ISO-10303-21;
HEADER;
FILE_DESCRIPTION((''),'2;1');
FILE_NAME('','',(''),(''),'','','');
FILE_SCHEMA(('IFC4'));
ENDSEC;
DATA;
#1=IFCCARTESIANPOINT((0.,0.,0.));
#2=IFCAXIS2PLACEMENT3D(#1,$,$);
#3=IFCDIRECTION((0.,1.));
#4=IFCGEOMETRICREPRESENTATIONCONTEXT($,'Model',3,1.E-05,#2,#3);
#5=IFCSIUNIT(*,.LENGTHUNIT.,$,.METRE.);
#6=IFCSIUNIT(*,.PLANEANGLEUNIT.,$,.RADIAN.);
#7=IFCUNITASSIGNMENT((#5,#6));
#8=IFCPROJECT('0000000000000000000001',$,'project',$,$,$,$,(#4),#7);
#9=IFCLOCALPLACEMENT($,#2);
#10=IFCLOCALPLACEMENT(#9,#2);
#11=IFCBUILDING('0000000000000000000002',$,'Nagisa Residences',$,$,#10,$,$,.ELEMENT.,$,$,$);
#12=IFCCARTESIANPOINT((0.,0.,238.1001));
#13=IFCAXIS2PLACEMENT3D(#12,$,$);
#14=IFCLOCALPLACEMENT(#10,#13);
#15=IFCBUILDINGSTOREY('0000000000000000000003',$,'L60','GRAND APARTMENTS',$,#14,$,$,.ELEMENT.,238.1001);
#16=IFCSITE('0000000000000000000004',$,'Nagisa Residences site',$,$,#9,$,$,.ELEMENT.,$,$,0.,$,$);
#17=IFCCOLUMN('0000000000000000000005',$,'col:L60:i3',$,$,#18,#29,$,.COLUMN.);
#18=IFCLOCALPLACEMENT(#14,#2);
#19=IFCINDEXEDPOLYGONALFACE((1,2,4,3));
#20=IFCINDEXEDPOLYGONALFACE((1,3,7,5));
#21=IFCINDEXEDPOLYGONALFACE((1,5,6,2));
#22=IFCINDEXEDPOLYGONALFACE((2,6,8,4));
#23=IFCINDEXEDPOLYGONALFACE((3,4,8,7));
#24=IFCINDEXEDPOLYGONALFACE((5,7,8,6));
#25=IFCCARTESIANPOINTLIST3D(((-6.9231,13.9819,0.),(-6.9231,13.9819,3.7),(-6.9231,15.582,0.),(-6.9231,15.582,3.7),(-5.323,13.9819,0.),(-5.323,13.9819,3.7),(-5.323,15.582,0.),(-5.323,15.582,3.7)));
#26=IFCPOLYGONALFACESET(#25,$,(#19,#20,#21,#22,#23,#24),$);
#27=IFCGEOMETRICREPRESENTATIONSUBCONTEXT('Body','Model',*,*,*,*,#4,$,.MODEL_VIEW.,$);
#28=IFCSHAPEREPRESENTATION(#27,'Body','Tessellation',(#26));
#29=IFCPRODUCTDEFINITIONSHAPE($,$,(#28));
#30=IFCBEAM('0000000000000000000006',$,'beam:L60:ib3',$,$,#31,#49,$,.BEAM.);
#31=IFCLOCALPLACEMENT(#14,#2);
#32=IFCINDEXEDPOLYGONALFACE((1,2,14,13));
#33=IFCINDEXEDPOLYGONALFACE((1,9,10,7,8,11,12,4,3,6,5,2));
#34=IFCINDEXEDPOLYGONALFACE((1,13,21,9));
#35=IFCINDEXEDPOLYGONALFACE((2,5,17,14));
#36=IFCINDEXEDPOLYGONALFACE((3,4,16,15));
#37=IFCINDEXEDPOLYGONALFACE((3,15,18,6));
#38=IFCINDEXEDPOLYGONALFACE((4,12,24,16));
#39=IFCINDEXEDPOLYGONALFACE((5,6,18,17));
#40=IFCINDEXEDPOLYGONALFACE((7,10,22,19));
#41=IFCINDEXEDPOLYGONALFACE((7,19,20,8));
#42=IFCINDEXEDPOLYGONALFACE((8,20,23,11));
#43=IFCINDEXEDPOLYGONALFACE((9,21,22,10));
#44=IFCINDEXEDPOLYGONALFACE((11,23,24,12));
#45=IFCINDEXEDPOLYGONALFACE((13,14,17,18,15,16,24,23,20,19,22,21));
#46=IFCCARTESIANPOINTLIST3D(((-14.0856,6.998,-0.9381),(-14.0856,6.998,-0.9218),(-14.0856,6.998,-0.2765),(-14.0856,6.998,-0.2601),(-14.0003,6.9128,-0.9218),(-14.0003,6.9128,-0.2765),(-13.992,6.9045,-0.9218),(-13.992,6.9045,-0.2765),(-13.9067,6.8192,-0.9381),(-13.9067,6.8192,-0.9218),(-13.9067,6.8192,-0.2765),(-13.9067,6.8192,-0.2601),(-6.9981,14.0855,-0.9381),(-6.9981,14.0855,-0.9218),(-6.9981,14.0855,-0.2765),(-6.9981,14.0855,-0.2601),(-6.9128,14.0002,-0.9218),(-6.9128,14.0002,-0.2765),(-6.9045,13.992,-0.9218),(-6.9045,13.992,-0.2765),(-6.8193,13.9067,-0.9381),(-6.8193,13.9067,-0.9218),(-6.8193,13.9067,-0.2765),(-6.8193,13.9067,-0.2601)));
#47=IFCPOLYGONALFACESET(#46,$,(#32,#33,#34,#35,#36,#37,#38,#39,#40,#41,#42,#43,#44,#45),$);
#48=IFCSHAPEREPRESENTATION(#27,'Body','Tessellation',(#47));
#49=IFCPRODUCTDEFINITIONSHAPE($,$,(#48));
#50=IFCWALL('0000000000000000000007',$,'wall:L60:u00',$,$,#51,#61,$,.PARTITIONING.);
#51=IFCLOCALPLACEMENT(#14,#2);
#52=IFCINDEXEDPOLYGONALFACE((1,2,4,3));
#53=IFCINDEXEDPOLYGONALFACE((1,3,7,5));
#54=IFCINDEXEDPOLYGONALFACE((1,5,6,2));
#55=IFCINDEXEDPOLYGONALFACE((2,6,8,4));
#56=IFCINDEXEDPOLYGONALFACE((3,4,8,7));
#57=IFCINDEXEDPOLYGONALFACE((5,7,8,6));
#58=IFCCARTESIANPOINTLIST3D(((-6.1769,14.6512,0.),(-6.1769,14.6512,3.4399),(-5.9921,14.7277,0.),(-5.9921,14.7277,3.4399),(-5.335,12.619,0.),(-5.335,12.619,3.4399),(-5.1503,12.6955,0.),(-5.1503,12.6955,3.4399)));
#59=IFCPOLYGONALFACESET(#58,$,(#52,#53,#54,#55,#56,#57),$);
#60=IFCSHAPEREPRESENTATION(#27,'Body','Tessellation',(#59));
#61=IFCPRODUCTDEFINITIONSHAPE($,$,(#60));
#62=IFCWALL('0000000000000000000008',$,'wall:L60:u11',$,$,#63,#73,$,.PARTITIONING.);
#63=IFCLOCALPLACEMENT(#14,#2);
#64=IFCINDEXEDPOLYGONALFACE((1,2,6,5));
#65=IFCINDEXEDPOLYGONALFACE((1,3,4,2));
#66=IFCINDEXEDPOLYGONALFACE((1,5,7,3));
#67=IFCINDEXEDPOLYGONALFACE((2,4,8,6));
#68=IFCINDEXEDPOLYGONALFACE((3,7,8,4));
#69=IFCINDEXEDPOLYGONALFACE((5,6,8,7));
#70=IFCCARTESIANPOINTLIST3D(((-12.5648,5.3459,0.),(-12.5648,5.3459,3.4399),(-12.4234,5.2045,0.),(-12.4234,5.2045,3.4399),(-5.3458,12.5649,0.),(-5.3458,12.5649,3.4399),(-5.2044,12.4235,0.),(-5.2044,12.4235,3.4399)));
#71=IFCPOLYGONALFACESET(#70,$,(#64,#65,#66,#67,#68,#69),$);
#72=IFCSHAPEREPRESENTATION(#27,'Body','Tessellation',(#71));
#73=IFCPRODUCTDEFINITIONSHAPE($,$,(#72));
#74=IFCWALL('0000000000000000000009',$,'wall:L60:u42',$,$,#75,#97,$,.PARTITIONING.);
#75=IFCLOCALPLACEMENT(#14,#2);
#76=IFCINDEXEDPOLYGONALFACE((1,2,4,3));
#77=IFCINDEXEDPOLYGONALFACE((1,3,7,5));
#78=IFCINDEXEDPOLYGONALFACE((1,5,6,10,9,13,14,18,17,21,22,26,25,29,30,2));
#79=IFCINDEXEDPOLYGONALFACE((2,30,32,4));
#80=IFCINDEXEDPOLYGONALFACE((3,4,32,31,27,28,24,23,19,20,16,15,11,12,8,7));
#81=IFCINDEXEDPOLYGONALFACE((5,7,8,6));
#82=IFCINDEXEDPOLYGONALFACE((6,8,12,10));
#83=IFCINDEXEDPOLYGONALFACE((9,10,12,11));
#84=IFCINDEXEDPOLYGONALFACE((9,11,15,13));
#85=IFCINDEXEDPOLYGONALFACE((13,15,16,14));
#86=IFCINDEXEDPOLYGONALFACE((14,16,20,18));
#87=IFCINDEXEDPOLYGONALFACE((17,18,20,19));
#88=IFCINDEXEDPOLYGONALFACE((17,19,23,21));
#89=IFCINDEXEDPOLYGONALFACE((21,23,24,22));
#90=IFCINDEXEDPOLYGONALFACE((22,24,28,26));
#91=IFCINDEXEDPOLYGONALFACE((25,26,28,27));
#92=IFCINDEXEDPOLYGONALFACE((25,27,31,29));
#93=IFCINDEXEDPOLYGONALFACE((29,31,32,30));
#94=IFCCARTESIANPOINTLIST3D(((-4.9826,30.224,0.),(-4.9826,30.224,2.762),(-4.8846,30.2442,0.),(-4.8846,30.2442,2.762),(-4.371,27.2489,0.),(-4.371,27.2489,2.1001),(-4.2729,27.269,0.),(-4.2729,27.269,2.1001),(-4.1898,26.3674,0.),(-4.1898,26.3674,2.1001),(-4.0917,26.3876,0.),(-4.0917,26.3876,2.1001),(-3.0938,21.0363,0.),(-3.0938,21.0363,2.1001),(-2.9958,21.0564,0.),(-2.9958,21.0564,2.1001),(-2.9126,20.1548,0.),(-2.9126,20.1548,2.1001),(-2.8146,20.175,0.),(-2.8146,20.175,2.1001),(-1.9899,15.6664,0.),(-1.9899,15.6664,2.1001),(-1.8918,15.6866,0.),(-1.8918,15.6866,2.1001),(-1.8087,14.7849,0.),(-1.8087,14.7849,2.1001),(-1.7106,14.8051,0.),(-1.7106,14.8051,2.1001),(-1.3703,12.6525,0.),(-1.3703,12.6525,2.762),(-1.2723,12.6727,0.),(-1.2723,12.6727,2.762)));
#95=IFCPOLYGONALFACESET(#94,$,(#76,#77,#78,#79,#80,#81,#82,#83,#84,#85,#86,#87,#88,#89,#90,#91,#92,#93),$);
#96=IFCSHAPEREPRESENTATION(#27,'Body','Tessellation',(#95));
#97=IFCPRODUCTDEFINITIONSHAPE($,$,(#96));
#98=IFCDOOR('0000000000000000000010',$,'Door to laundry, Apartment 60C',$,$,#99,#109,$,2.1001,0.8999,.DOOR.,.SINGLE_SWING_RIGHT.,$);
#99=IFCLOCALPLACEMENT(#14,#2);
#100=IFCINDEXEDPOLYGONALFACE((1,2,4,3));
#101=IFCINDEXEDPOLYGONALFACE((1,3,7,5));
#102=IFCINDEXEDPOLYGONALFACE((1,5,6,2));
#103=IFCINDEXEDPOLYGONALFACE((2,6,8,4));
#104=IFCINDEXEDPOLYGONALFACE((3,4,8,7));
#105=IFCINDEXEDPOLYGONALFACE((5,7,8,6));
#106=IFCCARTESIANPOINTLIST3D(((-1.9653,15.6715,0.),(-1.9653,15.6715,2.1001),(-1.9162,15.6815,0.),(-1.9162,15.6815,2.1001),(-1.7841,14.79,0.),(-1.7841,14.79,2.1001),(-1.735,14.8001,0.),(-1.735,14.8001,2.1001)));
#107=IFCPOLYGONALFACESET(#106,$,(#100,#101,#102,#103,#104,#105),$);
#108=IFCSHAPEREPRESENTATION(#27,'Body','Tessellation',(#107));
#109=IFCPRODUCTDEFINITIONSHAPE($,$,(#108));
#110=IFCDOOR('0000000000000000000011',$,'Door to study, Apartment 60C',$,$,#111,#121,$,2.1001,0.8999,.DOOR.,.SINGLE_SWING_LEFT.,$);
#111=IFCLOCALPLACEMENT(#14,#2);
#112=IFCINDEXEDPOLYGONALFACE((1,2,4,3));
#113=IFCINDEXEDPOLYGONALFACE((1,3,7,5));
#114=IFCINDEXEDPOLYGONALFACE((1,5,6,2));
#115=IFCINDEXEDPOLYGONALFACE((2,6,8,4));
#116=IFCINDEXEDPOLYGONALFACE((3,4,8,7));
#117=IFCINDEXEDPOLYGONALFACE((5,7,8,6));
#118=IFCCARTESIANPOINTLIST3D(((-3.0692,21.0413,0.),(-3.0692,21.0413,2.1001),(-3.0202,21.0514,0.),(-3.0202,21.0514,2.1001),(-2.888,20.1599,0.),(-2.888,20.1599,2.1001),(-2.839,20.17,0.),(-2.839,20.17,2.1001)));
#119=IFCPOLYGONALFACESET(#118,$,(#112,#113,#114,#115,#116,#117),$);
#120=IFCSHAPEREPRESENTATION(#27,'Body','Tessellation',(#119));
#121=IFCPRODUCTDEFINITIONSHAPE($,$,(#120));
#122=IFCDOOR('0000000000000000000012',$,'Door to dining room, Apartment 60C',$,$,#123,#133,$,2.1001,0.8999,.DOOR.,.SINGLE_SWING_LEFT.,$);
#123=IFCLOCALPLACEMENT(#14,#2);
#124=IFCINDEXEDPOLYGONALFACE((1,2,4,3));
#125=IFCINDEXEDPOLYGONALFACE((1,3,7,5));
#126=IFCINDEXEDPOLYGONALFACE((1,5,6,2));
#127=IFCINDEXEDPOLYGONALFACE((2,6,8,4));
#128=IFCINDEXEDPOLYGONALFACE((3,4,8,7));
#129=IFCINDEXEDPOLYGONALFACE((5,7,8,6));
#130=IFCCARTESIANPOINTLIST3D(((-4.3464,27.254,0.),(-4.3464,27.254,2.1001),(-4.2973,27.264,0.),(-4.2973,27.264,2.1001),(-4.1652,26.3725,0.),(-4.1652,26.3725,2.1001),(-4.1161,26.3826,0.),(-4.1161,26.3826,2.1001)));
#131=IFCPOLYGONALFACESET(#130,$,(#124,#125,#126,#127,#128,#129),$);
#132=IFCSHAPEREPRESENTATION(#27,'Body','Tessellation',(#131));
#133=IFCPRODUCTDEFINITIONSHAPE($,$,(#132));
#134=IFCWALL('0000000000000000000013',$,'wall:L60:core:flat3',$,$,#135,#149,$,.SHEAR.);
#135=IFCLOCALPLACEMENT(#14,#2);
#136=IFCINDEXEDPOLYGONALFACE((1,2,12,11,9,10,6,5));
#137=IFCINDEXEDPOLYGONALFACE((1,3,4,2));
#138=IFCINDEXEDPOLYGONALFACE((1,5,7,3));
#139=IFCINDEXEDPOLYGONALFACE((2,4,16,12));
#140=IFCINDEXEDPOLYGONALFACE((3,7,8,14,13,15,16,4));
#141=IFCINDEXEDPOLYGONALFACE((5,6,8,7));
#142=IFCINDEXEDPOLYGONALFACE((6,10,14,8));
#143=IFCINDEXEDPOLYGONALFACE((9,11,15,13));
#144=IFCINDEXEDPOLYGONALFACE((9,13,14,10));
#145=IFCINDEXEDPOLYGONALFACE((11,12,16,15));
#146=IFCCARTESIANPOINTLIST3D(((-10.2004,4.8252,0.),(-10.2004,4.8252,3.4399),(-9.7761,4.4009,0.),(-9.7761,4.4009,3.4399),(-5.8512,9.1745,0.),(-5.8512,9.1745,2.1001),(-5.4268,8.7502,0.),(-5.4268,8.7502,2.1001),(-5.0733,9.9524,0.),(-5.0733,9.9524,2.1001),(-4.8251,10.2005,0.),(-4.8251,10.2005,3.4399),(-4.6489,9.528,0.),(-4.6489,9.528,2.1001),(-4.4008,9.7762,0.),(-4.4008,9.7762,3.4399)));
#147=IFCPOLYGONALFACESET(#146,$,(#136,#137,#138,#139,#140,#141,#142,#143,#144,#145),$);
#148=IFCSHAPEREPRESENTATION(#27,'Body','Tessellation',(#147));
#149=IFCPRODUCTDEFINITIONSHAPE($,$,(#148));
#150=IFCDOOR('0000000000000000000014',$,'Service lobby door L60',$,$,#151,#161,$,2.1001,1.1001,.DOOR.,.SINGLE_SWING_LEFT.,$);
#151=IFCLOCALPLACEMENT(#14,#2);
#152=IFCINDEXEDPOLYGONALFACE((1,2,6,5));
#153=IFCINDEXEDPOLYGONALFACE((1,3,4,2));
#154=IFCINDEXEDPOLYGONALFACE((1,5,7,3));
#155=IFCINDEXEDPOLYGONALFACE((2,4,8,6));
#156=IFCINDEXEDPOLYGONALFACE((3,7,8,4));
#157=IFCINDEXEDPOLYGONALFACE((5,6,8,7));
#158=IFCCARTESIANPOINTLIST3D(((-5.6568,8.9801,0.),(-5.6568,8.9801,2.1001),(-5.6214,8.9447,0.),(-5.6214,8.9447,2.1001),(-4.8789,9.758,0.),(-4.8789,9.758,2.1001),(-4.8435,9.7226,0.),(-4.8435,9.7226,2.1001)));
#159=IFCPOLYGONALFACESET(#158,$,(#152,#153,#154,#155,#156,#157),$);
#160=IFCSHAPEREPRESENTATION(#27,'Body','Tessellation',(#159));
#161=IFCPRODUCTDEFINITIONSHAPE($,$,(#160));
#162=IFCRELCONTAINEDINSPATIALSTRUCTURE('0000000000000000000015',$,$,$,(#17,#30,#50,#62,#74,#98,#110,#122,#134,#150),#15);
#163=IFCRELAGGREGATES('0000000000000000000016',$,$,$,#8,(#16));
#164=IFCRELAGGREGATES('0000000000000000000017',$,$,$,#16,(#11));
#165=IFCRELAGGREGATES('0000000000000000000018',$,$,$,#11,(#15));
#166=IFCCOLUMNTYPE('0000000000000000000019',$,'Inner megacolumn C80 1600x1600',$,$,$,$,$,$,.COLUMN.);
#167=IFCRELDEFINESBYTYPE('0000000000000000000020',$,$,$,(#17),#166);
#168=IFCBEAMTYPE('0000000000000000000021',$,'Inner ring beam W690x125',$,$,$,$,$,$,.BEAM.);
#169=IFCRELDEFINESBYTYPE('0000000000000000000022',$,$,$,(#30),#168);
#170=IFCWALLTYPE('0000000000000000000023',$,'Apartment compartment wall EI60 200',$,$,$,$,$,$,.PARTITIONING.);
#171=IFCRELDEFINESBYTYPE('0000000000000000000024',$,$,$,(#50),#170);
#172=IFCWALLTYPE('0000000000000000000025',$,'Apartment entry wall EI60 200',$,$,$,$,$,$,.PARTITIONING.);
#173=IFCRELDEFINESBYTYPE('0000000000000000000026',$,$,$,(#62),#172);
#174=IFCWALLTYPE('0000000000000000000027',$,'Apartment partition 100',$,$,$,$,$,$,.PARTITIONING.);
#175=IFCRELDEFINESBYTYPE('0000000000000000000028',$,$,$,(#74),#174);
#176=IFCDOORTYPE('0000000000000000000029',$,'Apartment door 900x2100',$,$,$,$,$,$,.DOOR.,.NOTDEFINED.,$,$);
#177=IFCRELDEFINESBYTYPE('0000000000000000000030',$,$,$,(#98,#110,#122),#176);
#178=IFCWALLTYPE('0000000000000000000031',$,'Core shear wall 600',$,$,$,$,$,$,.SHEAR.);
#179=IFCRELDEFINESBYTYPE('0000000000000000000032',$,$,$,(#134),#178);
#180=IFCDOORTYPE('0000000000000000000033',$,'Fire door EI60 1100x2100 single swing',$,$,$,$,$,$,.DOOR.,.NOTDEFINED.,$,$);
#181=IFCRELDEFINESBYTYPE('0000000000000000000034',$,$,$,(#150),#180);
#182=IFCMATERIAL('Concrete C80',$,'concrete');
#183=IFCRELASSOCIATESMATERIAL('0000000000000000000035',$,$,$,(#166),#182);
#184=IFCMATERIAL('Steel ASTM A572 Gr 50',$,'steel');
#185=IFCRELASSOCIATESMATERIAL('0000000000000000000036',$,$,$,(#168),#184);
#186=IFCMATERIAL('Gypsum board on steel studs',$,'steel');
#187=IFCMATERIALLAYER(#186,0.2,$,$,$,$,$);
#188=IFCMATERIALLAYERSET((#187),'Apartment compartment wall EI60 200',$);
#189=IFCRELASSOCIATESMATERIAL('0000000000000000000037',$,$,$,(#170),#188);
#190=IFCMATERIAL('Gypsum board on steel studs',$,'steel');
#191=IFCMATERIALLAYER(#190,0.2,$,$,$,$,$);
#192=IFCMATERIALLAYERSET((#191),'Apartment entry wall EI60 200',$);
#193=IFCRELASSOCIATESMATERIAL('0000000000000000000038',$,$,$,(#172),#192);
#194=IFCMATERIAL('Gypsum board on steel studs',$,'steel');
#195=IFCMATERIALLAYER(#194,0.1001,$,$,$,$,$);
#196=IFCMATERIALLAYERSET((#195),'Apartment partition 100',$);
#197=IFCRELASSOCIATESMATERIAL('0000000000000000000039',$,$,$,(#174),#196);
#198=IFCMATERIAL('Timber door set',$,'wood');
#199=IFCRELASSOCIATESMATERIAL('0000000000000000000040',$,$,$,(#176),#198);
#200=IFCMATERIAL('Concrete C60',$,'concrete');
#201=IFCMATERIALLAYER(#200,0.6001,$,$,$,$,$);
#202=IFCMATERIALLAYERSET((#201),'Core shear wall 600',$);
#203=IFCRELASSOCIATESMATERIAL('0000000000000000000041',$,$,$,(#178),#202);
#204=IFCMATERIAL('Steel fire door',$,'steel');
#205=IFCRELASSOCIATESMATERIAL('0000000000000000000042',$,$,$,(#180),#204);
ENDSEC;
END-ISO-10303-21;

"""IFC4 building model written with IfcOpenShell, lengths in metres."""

from ifc_helpers import new_model, si_unit, direction, frame, frame_2d, origin, origin_2d, place, context, subcontext, project, spatial, rectangle, i_section, extrude, material, layer, layer_set, material_profile, profile_set, type_object, element, fill, save


model = new_model("IFC4")

# Units and contexts
model_context = context("Model", 3, precision=1e-05, world=origin(), true_north=direction((0.0, 1.0)))
body_context = subcontext(model_context, "Body", "Model", "MODEL_VIEW")
ifc_project = project(units=[si_unit("LENGTHUNIT", "METRE"), si_unit("PLANEANGLEUNIT", "RADIAN")], contexts=[model_context])

# Site, building, storey
site_placement = place(None, origin())
site = spatial("IfcSite", under=ifc_project, at=site_placement, Name="Nagisa Residences site", CompositionType="ELEMENT", RefElevation=0.0)
building_placement = place(site_placement, origin())
building = spatial("IfcBuilding", under=site, at=building_placement, Name="Nagisa Residences", CompositionType="ELEMENT")
storey_placement = place(building_placement, frame((0.0, 0.0, 238.1001)))
storey = spatial("IfcBuildingStorey", under=building, at=storey_placement, Name="L60", Description="GRAND APARTMENTS", CompositionType="ELEMENT", Elevation=238.1001)

# Column
ifc_material_1 = material(Name="Concrete C80", Category="concrete")
ifc_material_profile_1 = material_profile(ifc_material_1, rectangle(XDim=1.6001, YDim=1.6001, at=origin_2d()), Name="C80 1600x1600")
ifc_profile_set_1 = profile_set([ifc_material_profile_1], Name="Concrete C80")
column_type = type_object("IfcColumnType", Name="Inner megacolumn C80 1600x1600", PredefinedType="COLUMN", material=ifc_profile_set_1)
column_placement = place(storey_placement, frame((-6.123, 14.782, 0.0), z_axis=(0.0, 0.0, 1.0), x_axis=(1.0, 0.0, 0.0)))
element("IfcColumn", 1, at=column_placement, inside=storey, type_object=column_type, Name="col:L60:i3", PredefinedType="COLUMN", context=body_context, shape_type="SweptSolid", body=[
    extrude(rectangle(XDim=1.6001, YDim=1.6001, at=origin_2d()), origin(), (0.0, 0.0, 1.0), 3.7),
])

# Beam
ifc_material_2 = material(Name="Steel ASTM A572 Gr 50", Category="steel")
ifc_material_profile_2 = material_profile(ifc_material_2, i_section(OverallWidth=0.2529, OverallDepth=0.678, WebThickness=0.0117, FlangeThickness=0.0164, at=origin_2d()), Name="W690x125")
ifc_profile_set_2 = profile_set([ifc_material_profile_2], Name="Steel ASTM A572 Gr 50")
beam_type = type_object("IfcBeamType", Name="Inner ring beam W690x125", PredefinedType="BEAM", material=ifc_profile_set_2)
beam_placement = place(storey_placement, frame((-6.9087, 13.9961, -0.5991), z_axis=(-0.707107, -0.707107, 0.0), x_axis=(0.707107, -0.707107, 0.0)))
element("IfcBeam", 2, at=beam_placement, inside=storey, type_object=beam_type, Name="beam:L60:ib3", PredefinedType="BEAM", context=body_context, shape_type="SweptSolid", body=[
    extrude(i_section(OverallWidth=0.2529, OverallDepth=0.678, WebThickness=0.0117, FlangeThickness=0.0164, at=origin_2d()), origin(), (0.0, 0.0, 1.0), 10.0232),
])

# Walls
ifc_material_3 = material(Name="Gypsum board on steel studs", Category="steel")
ifc_layer_1 = layer(ifc_material_3, 0.2)
ifc_layer_set_1 = layer_set([ifc_layer_1], Name="Apartment compartment wall EI60 200")
wall_type_1 = type_object("IfcWallType", Name="Apartment compartment wall EI60 200", PredefinedType="PARTITIONING", material=ifc_layer_set_1)
wall_1_placement = place(storey_placement, frame((-5.2427, 12.6572, 0.0), z_axis=(0.0, 0.0, 1.0), x_axis=(-0.382692, 0.923876, 0.0)))
element("IfcWall", 3, at=wall_1_placement, inside=storey, type_object=wall_type_1, Name="wall:L60:u00", PredefinedType="PARTITIONING", context=body_context, shape_type="SweptSolid", body=[
    extrude(rectangle(XDim=2.1997, YDim=0.2, at=frame_2d((1.0999, 0.0))), origin(), (0.0, 0.0, 1.0), 3.4399),
])
ifc_material_4 = material(Name="Gypsum board on steel studs", Category="steel")
ifc_layer_2 = layer(ifc_material_4, 0.2)
ifc_layer_set_2 = layer_set([ifc_layer_2], Name="Apartment entry wall EI60 200")
wall_type_2 = type_object("IfcWallType", Name="Apartment entry wall EI60 200", PredefinedType="PARTITIONING", material=ifc_layer_set_2)
wall_2_placement = place(storey_placement, frame((-5.2751, 12.4941, 0.0), z_axis=(0.0, 0.0, 1.0), x_axis=(-0.707107, -0.707107, 0.0)))
element("IfcWall", 4, at=wall_2_placement, inside=storey, type_object=wall_type_2, Name="wall:L60:u11", PredefinedType="PARTITIONING", context=body_context, shape_type="SweptSolid", body=[
    extrude(rectangle(XDim=10.2092, YDim=0.2, at=frame_2d((5.1045, 0.0))), origin(), (0.0, 0.0, 1.0), 3.4399),
])

# Wall, openings, doors
ifc_material_5 = material(Name="Gypsum board on steel studs", Category="steel")
ifc_layer_3 = layer(ifc_material_5, 0.1001)
ifc_layer_set_3 = layer_set([ifc_layer_3], Name="Apartment partition 100")
wall_type_3 = type_object("IfcWallType", Name="Apartment partition 100", PredefinedType="PARTITIONING", material=ifc_layer_set_3)
wall_3_placement = place(storey_placement, frame((-1.3213, 12.6626, 0.0), z_axis=(0.0, 0.0, 1.0), x_axis=(-0.201366, 0.979516, 0.0)))
wall_3 = element("IfcWall", 5, at=wall_3_placement, inside=storey, type_object=wall_type_3, Name="wall:L60:u42", PredefinedType="PARTITIONING", context=body_context, shape_type="SweptSolid", body=[
    extrude(rectangle(XDim=17.939, YDim=0.1001, at=frame_2d((8.9695, 0.0))), origin(), (0.0, 0.0, 1.0), 2.762),
])
opening_1_placement = place(wall_3_placement, frame((2.177, 0.0, 0.0)))
opening_1 = element("IfcOpeningElement", 6, at=opening_1_placement, cuts=wall_3, PredefinedType="OPENING", context=body_context, shape_type="SweptSolid", body=[
    extrude(rectangle(XDim=0.8999, YDim=2.1001, at=frame_2d((0.45, 1.05))), frame((0.0, 0.0601, 0.0), z_axis=(0.0, -1.0, 0.0), x_axis=(1.0, 0.0, 0.0)), (0.0, 0.0, 1.0), 0.1201),
])
opening_2_placement = place(wall_3_placement, frame((7.6592, 0.0, 0.0)))
opening_2 = element("IfcOpeningElement", 7, at=opening_2_placement, cuts=wall_3, PredefinedType="OPENING", context=body_context, shape_type="SweptSolid", body=[
    extrude(rectangle(XDim=0.8999, YDim=2.1001, at=frame_2d((0.45, 1.05))), frame((0.0, 0.0601, 0.0), z_axis=(0.0, -1.0, 0.0), x_axis=(1.0, 0.0, 0.0)), (0.0, 0.0, 1.0), 0.1201),
])
opening_3_placement = place(wall_3_placement, frame((14.0017, 0.0, 0.0)))
opening_3 = element("IfcOpeningElement", 8, at=opening_3_placement, cuts=wall_3, PredefinedType="OPENING", context=body_context, shape_type="SweptSolid", body=[
    extrude(rectangle(XDim=0.8999, YDim=2.1001, at=frame_2d((0.45, 1.05))), frame((0.0, 0.0601, 0.0), z_axis=(0.0, -1.0, 0.0), x_axis=(1.0, 0.0, 0.0)), (0.0, 0.0, 1.0), 0.1201),
])
ifc_material_6 = material(Name="Timber door set", Category="wood")
door_type_1 = type_object("IfcDoorType", Name="Apartment door 900x2100", OperationType="NOTDEFINED", PredefinedType="DOOR", material=ifc_material_6)
door_1_placement = place(opening_1_placement, origin())
door_1 = element("IfcDoor", 9, at=door_1_placement, inside=storey, type_object=door_type_1, Name="Door to laundry, Apartment 60C", OperationType="SINGLE_SWING_RIGHT", OverallHeight=2.1001, OverallWidth=0.8999, PredefinedType="DOOR", context=body_context, shape_type="SweptSolid", body=[
    extrude(rectangle(XDim=0.8999, YDim=2.1001, at=frame_2d((0.45, 1.05))), frame((0.0, 0.0249, 0.0), z_axis=(0.0, -1.0, 0.0), x_axis=(1.0, 0.0, 0.0)), (0.0, 0.0, 1.0), 0.05),
])
fill(opening_1, door_1)
door_2_placement = place(opening_2_placement, origin())
door_2 = element("IfcDoor", 10, at=door_2_placement, inside=storey, type_object=door_type_1, Name="Door to study, Apartment 60C", OperationType="SINGLE_SWING_LEFT", OverallHeight=2.1001, OverallWidth=0.8999, PredefinedType="DOOR", context=body_context, shape_type="SweptSolid", body=[
    extrude(rectangle(XDim=0.8999, YDim=2.1001, at=frame_2d((0.45, 1.05))), frame((0.0, 0.0249, 0.0), z_axis=(0.0, -1.0, 0.0), x_axis=(1.0, 0.0, 0.0)), (0.0, 0.0, 1.0), 0.05),
])
fill(opening_2, door_2)
door_3_placement = place(opening_3_placement, origin())
door_3 = element("IfcDoor", 11, at=door_3_placement, inside=storey, type_object=door_type_1, Name="Door to dining room, Apartment 60C", OperationType="SINGLE_SWING_LEFT", OverallHeight=2.1001, OverallWidth=0.8999, PredefinedType="DOOR", context=body_context, shape_type="SweptSolid", body=[
    extrude(rectangle(XDim=0.8999, YDim=2.1001, at=frame_2d((0.45, 1.05))), frame((0.0, 0.0249, 0.0), z_axis=(0.0, -1.0, 0.0), x_axis=(1.0, 0.0, 0.0)), (0.0, 0.0, 1.0), 0.05),
])
fill(opening_3, door_3)

# Wall, opening, door
ifc_material_7 = material(Name="Concrete C60", Category="concrete")
ifc_layer_4 = layer(ifc_material_7, 0.6001)
ifc_layer_set_4 = layer_set([ifc_layer_4], Name="Core shear wall 600")
wall_type_4 = type_object("IfcWallType", Name="Core shear wall 600", PredefinedType="SHEAR", material=ifc_layer_set_4)
wall_4_placement = place(storey_placement, frame((-4.613, 9.9883, 0.0), z_axis=(0.0, 0.0, 1.0), x_axis=(-0.707107, -0.707107, 0.0)))
wall_4 = element("IfcWall", 12, at=wall_4_placement, inside=storey, type_object=wall_type_4, Name="wall:L60:core:flat3", PredefinedType="SHEAR", context=body_context, shape_type="SweptSolid", body=[
    extrude(rectangle(XDim=7.6018, YDim=0.6001, at=frame_2d((3.8008, 0.0))), origin(), (0.0, 0.0, 1.0), 3.4399),
])
opening_4_placement = place(wall_4_placement, frame((0.3508, 0.0, 0.0)))
opening_4 = element("IfcOpeningElement", 13, at=opening_4_placement, cuts=wall_4, PredefinedType="OPENING", context=body_context, shape_type="SweptSolid", body=[
    extrude(rectangle(XDim=1.1001, YDim=2.1001, at=frame_2d((0.55, 1.05))), frame((0.0, 0.3101, 0.0), z_axis=(0.0, -1.0, 0.0), x_axis=(1.0, 0.0, 0.0)), (0.0, 0.0, 1.0), 0.6201),
])
ifc_material_8 = material(Name="Steel fire door", Category="steel")
door_type_2 = type_object("IfcDoorType", Name="Fire door EI60 1100x2100 single swing", OperationType="NOTDEFINED", PredefinedType="DOOR", material=ifc_material_8)
door_4_placement = place(opening_4_placement, origin())
door_4 = element("IfcDoor", 14, at=door_4_placement, inside=storey, type_object=door_type_2, Name="Service lobby door L60", OperationType="SINGLE_SWING_LEFT", OverallHeight=2.1001, OverallWidth=1.1001, PredefinedType="DOOR", context=body_context, shape_type="SweptSolid", body=[
    extrude(rectangle(XDim=1.1001, YDim=2.1001, at=frame_2d((0.55, 1.05))), frame((0.0, 0.0249, 0.0), z_axis=(0.0, -1.0, 0.0), x_axis=(1.0, 0.0, 0.0)), (0.0, 0.0, 1.0), 0.05),
])
fill(opening_4, door_4)

save(model, "model.ifc")
